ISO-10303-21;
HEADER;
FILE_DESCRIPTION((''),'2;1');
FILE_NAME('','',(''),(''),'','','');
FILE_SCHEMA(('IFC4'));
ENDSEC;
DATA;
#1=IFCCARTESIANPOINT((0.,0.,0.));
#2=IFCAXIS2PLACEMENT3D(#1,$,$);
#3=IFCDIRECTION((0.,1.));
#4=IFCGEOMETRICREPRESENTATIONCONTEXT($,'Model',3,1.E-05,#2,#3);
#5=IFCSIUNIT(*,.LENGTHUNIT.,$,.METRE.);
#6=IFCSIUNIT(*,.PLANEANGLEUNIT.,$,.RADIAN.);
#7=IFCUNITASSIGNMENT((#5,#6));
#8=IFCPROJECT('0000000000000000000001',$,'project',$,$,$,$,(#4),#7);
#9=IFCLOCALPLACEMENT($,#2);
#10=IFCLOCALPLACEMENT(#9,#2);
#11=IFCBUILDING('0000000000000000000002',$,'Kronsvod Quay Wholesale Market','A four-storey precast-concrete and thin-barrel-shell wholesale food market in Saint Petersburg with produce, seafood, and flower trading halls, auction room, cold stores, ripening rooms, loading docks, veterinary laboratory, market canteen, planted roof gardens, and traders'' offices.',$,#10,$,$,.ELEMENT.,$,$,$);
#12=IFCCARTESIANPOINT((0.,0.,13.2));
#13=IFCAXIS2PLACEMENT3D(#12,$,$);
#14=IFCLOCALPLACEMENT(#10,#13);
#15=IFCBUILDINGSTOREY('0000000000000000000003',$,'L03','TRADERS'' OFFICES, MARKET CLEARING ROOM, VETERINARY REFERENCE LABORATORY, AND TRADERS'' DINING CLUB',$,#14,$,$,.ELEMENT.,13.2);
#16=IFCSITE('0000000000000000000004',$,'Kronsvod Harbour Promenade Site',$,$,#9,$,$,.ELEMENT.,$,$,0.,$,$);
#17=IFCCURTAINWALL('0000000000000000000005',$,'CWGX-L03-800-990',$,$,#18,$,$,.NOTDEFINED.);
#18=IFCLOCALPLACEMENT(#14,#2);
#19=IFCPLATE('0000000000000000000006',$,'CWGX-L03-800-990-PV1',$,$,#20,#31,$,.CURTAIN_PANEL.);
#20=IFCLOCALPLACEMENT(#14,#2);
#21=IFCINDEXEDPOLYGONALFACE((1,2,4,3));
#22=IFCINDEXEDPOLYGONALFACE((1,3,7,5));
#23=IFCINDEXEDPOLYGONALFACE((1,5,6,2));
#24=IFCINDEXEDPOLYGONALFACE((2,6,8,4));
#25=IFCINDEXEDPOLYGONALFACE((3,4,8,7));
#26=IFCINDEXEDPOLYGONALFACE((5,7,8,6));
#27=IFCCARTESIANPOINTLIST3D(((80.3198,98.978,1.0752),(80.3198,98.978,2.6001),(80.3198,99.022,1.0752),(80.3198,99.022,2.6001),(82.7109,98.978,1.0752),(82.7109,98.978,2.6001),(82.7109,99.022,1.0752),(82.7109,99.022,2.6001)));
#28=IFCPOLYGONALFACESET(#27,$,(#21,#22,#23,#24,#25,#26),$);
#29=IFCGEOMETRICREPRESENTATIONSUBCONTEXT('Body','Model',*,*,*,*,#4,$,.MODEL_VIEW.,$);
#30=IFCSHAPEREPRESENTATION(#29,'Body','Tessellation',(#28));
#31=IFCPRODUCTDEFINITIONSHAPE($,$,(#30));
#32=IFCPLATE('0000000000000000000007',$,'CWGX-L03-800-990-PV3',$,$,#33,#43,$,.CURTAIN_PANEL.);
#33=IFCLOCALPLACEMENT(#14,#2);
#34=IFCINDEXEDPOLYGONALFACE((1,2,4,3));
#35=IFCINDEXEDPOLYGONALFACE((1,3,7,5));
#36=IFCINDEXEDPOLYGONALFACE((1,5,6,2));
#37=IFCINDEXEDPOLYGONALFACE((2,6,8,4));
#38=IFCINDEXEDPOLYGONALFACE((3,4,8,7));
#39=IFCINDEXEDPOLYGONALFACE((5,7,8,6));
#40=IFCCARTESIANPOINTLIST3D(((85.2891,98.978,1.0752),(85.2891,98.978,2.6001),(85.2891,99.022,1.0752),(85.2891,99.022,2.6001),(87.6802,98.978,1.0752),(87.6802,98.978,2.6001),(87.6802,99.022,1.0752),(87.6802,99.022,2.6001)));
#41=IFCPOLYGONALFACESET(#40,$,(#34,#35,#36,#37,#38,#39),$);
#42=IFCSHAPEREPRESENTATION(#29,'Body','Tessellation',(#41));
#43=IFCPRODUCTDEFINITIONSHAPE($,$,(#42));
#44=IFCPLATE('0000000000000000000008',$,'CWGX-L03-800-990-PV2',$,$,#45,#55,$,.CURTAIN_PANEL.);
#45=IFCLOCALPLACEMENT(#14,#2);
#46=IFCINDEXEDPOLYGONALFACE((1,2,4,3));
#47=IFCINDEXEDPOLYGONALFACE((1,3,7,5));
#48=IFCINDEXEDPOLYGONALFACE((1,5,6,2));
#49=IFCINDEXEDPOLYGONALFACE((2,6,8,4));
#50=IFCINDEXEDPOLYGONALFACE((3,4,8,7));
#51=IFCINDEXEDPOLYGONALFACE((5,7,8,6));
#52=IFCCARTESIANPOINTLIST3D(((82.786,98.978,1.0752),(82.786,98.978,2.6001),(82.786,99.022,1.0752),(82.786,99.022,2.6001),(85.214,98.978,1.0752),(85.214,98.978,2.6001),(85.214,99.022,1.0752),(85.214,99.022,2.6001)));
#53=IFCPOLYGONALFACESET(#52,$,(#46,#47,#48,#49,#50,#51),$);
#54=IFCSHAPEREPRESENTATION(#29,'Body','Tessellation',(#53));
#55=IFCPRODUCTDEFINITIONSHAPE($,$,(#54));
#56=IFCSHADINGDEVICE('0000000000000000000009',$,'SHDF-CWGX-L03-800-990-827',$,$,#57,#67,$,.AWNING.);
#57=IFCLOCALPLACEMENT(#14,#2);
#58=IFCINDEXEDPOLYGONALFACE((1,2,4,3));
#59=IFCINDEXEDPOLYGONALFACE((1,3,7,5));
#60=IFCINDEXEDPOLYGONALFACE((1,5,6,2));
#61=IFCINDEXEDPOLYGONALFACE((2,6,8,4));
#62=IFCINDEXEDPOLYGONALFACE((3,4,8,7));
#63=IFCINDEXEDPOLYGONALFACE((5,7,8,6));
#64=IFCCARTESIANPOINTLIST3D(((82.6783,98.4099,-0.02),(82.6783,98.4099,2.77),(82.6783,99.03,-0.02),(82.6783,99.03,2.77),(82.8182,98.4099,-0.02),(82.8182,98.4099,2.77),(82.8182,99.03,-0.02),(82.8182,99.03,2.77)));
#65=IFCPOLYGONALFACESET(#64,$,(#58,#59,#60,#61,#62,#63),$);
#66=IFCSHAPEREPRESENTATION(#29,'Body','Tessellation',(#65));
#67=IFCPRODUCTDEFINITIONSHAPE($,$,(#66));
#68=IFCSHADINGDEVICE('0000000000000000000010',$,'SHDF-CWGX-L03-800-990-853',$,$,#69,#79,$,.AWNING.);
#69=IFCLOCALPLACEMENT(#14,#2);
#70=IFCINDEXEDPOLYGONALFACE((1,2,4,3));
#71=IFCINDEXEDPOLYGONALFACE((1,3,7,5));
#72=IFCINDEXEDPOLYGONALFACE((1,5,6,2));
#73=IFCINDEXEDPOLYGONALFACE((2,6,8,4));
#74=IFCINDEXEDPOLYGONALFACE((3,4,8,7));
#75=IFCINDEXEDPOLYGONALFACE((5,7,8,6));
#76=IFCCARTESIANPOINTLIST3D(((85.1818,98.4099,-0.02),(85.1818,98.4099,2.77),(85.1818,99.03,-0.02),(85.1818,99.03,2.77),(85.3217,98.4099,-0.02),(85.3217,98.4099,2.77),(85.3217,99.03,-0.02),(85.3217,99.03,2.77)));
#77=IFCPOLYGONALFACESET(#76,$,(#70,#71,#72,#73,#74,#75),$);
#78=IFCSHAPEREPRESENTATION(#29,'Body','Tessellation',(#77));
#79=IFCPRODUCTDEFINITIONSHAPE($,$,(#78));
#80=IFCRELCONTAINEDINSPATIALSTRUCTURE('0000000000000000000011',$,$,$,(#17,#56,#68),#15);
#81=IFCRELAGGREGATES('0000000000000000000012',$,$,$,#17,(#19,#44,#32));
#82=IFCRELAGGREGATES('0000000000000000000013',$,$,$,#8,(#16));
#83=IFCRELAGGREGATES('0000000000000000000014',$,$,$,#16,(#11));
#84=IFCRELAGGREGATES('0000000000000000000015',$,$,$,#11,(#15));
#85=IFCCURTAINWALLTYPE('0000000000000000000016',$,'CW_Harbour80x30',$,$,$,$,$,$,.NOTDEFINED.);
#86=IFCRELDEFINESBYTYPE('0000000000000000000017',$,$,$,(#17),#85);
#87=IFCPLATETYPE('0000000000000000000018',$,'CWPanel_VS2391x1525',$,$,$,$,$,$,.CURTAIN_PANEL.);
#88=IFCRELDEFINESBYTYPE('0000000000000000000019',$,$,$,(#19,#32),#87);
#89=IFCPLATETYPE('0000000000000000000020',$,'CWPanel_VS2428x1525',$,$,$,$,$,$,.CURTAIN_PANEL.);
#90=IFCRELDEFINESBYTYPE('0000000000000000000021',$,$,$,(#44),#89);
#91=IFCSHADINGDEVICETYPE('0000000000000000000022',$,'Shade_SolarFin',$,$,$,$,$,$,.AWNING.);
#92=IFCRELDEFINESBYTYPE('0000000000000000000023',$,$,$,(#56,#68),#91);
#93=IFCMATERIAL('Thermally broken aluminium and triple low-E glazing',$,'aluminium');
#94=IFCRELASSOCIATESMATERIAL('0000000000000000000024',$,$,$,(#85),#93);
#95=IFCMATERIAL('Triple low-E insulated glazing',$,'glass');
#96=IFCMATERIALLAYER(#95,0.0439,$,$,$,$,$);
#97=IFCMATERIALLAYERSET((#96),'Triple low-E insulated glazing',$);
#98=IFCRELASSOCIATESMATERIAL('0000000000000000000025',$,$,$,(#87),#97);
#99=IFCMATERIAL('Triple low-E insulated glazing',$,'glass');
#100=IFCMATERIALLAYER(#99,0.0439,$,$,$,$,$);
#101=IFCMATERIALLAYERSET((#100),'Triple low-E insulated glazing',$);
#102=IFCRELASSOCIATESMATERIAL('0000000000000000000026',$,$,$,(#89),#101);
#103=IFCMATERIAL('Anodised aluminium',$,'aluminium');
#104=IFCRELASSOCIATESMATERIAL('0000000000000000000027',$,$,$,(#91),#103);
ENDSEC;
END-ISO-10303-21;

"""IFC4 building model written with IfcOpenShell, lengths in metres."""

from ifc_helpers import new_model, si_unit, direction, frame, origin, origin_2d, place, context, subcontext, project, spatial, rectangle, extrude, material, layer, layer_set, type_object, element, aggregate, save


model = new_model("IFC4")

# Units and contexts
model_context = context("Model", 3, precision=1e-05, world=origin(), true_north=direction((0.0, 1.0)))
body_context = subcontext(model_context, "Body", "Model", "MODEL_VIEW")
ifc_project = project(units=[si_unit("LENGTHUNIT", "METRE"), si_unit("PLANEANGLEUNIT", "RADIAN")], contexts=[model_context])

# Site, building, storey
site_placement = place(None, origin())
site = spatial("IfcSite", under=ifc_project, at=site_placement, Name="Kronsvod Harbour Promenade Site", CompositionType="ELEMENT", RefElevation=0.0)
building_placement = place(site_placement, origin())
building = spatial("IfcBuilding", under=site, at=building_placement, Name="Kronsvod Quay Wholesale Market", Description="A four-storey precast-concrete and thin-barrel-shell wholesale food market in Saint Petersburg with produce, seafood, and flower trading halls, auction room, cold stores, ripening rooms, loading docks, veterinary laboratory, market canteen, planted roof gardens, and traders' offices.", CompositionType="ELEMENT")
storey_placement = place(building_placement, frame((0.0, 0.0, 13.2)))
storey = spatial("IfcBuildingStorey", under=building, at=storey_placement, Name="L03", Description="TRADERS' OFFICES, MARKET CLEARING ROOM, VETERINARY REFERENCE LABORATORY, AND TRADERS' DINING CLUB", CompositionType="ELEMENT", Elevation=13.2)

# Curtain wall, plates
ifc_material_1 = material(Name="Thermally broken aluminium and triple low-E glazing", Category="aluminium")
curtain_wall_type = type_object("IfcCurtainWallType", Name="CW_Harbour80x30", PredefinedType="NOTDEFINED", material=ifc_material_1)
curtain_wall_placement = place(storey_placement, origin())
curtain_wall = element("IfcCurtainWall", 1, at=curtain_wall_placement, inside=storey, type_object=curtain_wall_type, Name="CWGX-L03-800-990", PredefinedType="NOTDEFINED")
ifc_material_2 = material(Name="Triple low-E insulated glazing", Category="glass")
ifc_layer_1 = layer(ifc_material_2, 0.0439)
ifc_layer_set_1 = layer_set([ifc_layer_1], Name="Triple low-E insulated glazing")
plate_type_1 = type_object("IfcPlateType", Name="CWPanel_VS2391x1525", PredefinedType="CURTAIN_PANEL", material=ifc_layer_set_1)
plate_1_placement = place(storey_placement, frame((81.5154, 99.0, 1.0752), z_axis=(0.0, 0.0, 1.0), x_axis=(1.0, 0.0, 0.0)))
plate_1 = element("IfcPlate", 2, at=plate_1_placement, type_object=plate_type_1, Name="CWGX-L03-800-990-PV1", PredefinedType="CURTAIN_PANEL", context=body_context, shape_type="SweptSolid", body=[
    extrude(rectangle(XDim=2.3911, YDim=0.0439, at=origin_2d()), origin(), (0.0, 0.0, 1.0), 1.5249),
])
plate_2_placement = place(storey_placement, frame((86.4846, 99.0, 1.0752), z_axis=(0.0, 0.0, 1.0), x_axis=(1.0, 0.0, 0.0)))
plate_2 = element("IfcPlate", 3, at=plate_2_placement, type_object=plate_type_1, Name="CWGX-L03-800-990-PV3", PredefinedType="CURTAIN_PANEL", context=body_context, shape_type="SweptSolid", body=[
    extrude(rectangle(XDim=2.3911, YDim=0.0439, at=origin_2d()), origin(), (0.0, 0.0, 1.0), 1.5249),
])
ifc_material_3 = material(Name="Triple low-E insulated glazing", Category="glass")
ifc_layer_2 = layer(ifc_material_3, 0.0439)
ifc_layer_set_2 = layer_set([ifc_layer_2], Name="Triple low-E insulated glazing")
plate_type_2 = type_object("IfcPlateType", Name="CWPanel_VS2428x1525", PredefinedType="CURTAIN_PANEL", material=ifc_layer_set_2)
plate_3_placement = place(storey_placement, frame((84.0, 99.0, 1.0752), z_axis=(0.0, 0.0, 1.0), x_axis=(1.0, 0.0, 0.0)))
plate_3 = element("IfcPlate", 4, at=plate_3_placement, type_object=plate_type_2, Name="CWGX-L03-800-990-PV2", PredefinedType="CURTAIN_PANEL", context=body_context, shape_type="SweptSolid", body=[
    extrude(rectangle(XDim=2.428, YDim=0.0439, at=origin_2d()), origin(), (0.0, 0.0, 1.0), 1.5249),
])
aggregate(curtain_wall, [plate_1, plate_3, plate_2])

# Shading devices
ifc_material_4 = material(Name="Anodised aluminium", Category="aluminium")
shading_device_type = type_object("IfcShadingDeviceType", Name="Shade_SolarFin", PredefinedType="AWNING", material=ifc_material_4)
for number, where, z_axis, x_axis, name in (
    (5, (82.7483, 98.72, -0.02), (0.0, 0.0, 1.0), (1.0, 0.0, 0.0), "SHDF-CWGX-L03-800-990-827"),
    (6, (85.2517, 98.72, -0.02), (0.0, 0.0, 1.0), (1.0, 0.0, 0.0), "SHDF-CWGX-L03-800-990-853"),
):
    element("IfcShadingDevice", number, at=place(storey_placement, frame(where, z_axis=z_axis, x_axis=x_axis)), inside=storey, type_object=shading_device_type, Name=name, PredefinedType="AWNING", context=body_context, shape_type="SweptSolid", body=[
        extrude(rectangle(XDim=0.1399, YDim=0.6201, at=origin_2d()), origin(), (0.0, 0.0, 1.0), 2.79),
    ])

save(model, "model.ifc")
